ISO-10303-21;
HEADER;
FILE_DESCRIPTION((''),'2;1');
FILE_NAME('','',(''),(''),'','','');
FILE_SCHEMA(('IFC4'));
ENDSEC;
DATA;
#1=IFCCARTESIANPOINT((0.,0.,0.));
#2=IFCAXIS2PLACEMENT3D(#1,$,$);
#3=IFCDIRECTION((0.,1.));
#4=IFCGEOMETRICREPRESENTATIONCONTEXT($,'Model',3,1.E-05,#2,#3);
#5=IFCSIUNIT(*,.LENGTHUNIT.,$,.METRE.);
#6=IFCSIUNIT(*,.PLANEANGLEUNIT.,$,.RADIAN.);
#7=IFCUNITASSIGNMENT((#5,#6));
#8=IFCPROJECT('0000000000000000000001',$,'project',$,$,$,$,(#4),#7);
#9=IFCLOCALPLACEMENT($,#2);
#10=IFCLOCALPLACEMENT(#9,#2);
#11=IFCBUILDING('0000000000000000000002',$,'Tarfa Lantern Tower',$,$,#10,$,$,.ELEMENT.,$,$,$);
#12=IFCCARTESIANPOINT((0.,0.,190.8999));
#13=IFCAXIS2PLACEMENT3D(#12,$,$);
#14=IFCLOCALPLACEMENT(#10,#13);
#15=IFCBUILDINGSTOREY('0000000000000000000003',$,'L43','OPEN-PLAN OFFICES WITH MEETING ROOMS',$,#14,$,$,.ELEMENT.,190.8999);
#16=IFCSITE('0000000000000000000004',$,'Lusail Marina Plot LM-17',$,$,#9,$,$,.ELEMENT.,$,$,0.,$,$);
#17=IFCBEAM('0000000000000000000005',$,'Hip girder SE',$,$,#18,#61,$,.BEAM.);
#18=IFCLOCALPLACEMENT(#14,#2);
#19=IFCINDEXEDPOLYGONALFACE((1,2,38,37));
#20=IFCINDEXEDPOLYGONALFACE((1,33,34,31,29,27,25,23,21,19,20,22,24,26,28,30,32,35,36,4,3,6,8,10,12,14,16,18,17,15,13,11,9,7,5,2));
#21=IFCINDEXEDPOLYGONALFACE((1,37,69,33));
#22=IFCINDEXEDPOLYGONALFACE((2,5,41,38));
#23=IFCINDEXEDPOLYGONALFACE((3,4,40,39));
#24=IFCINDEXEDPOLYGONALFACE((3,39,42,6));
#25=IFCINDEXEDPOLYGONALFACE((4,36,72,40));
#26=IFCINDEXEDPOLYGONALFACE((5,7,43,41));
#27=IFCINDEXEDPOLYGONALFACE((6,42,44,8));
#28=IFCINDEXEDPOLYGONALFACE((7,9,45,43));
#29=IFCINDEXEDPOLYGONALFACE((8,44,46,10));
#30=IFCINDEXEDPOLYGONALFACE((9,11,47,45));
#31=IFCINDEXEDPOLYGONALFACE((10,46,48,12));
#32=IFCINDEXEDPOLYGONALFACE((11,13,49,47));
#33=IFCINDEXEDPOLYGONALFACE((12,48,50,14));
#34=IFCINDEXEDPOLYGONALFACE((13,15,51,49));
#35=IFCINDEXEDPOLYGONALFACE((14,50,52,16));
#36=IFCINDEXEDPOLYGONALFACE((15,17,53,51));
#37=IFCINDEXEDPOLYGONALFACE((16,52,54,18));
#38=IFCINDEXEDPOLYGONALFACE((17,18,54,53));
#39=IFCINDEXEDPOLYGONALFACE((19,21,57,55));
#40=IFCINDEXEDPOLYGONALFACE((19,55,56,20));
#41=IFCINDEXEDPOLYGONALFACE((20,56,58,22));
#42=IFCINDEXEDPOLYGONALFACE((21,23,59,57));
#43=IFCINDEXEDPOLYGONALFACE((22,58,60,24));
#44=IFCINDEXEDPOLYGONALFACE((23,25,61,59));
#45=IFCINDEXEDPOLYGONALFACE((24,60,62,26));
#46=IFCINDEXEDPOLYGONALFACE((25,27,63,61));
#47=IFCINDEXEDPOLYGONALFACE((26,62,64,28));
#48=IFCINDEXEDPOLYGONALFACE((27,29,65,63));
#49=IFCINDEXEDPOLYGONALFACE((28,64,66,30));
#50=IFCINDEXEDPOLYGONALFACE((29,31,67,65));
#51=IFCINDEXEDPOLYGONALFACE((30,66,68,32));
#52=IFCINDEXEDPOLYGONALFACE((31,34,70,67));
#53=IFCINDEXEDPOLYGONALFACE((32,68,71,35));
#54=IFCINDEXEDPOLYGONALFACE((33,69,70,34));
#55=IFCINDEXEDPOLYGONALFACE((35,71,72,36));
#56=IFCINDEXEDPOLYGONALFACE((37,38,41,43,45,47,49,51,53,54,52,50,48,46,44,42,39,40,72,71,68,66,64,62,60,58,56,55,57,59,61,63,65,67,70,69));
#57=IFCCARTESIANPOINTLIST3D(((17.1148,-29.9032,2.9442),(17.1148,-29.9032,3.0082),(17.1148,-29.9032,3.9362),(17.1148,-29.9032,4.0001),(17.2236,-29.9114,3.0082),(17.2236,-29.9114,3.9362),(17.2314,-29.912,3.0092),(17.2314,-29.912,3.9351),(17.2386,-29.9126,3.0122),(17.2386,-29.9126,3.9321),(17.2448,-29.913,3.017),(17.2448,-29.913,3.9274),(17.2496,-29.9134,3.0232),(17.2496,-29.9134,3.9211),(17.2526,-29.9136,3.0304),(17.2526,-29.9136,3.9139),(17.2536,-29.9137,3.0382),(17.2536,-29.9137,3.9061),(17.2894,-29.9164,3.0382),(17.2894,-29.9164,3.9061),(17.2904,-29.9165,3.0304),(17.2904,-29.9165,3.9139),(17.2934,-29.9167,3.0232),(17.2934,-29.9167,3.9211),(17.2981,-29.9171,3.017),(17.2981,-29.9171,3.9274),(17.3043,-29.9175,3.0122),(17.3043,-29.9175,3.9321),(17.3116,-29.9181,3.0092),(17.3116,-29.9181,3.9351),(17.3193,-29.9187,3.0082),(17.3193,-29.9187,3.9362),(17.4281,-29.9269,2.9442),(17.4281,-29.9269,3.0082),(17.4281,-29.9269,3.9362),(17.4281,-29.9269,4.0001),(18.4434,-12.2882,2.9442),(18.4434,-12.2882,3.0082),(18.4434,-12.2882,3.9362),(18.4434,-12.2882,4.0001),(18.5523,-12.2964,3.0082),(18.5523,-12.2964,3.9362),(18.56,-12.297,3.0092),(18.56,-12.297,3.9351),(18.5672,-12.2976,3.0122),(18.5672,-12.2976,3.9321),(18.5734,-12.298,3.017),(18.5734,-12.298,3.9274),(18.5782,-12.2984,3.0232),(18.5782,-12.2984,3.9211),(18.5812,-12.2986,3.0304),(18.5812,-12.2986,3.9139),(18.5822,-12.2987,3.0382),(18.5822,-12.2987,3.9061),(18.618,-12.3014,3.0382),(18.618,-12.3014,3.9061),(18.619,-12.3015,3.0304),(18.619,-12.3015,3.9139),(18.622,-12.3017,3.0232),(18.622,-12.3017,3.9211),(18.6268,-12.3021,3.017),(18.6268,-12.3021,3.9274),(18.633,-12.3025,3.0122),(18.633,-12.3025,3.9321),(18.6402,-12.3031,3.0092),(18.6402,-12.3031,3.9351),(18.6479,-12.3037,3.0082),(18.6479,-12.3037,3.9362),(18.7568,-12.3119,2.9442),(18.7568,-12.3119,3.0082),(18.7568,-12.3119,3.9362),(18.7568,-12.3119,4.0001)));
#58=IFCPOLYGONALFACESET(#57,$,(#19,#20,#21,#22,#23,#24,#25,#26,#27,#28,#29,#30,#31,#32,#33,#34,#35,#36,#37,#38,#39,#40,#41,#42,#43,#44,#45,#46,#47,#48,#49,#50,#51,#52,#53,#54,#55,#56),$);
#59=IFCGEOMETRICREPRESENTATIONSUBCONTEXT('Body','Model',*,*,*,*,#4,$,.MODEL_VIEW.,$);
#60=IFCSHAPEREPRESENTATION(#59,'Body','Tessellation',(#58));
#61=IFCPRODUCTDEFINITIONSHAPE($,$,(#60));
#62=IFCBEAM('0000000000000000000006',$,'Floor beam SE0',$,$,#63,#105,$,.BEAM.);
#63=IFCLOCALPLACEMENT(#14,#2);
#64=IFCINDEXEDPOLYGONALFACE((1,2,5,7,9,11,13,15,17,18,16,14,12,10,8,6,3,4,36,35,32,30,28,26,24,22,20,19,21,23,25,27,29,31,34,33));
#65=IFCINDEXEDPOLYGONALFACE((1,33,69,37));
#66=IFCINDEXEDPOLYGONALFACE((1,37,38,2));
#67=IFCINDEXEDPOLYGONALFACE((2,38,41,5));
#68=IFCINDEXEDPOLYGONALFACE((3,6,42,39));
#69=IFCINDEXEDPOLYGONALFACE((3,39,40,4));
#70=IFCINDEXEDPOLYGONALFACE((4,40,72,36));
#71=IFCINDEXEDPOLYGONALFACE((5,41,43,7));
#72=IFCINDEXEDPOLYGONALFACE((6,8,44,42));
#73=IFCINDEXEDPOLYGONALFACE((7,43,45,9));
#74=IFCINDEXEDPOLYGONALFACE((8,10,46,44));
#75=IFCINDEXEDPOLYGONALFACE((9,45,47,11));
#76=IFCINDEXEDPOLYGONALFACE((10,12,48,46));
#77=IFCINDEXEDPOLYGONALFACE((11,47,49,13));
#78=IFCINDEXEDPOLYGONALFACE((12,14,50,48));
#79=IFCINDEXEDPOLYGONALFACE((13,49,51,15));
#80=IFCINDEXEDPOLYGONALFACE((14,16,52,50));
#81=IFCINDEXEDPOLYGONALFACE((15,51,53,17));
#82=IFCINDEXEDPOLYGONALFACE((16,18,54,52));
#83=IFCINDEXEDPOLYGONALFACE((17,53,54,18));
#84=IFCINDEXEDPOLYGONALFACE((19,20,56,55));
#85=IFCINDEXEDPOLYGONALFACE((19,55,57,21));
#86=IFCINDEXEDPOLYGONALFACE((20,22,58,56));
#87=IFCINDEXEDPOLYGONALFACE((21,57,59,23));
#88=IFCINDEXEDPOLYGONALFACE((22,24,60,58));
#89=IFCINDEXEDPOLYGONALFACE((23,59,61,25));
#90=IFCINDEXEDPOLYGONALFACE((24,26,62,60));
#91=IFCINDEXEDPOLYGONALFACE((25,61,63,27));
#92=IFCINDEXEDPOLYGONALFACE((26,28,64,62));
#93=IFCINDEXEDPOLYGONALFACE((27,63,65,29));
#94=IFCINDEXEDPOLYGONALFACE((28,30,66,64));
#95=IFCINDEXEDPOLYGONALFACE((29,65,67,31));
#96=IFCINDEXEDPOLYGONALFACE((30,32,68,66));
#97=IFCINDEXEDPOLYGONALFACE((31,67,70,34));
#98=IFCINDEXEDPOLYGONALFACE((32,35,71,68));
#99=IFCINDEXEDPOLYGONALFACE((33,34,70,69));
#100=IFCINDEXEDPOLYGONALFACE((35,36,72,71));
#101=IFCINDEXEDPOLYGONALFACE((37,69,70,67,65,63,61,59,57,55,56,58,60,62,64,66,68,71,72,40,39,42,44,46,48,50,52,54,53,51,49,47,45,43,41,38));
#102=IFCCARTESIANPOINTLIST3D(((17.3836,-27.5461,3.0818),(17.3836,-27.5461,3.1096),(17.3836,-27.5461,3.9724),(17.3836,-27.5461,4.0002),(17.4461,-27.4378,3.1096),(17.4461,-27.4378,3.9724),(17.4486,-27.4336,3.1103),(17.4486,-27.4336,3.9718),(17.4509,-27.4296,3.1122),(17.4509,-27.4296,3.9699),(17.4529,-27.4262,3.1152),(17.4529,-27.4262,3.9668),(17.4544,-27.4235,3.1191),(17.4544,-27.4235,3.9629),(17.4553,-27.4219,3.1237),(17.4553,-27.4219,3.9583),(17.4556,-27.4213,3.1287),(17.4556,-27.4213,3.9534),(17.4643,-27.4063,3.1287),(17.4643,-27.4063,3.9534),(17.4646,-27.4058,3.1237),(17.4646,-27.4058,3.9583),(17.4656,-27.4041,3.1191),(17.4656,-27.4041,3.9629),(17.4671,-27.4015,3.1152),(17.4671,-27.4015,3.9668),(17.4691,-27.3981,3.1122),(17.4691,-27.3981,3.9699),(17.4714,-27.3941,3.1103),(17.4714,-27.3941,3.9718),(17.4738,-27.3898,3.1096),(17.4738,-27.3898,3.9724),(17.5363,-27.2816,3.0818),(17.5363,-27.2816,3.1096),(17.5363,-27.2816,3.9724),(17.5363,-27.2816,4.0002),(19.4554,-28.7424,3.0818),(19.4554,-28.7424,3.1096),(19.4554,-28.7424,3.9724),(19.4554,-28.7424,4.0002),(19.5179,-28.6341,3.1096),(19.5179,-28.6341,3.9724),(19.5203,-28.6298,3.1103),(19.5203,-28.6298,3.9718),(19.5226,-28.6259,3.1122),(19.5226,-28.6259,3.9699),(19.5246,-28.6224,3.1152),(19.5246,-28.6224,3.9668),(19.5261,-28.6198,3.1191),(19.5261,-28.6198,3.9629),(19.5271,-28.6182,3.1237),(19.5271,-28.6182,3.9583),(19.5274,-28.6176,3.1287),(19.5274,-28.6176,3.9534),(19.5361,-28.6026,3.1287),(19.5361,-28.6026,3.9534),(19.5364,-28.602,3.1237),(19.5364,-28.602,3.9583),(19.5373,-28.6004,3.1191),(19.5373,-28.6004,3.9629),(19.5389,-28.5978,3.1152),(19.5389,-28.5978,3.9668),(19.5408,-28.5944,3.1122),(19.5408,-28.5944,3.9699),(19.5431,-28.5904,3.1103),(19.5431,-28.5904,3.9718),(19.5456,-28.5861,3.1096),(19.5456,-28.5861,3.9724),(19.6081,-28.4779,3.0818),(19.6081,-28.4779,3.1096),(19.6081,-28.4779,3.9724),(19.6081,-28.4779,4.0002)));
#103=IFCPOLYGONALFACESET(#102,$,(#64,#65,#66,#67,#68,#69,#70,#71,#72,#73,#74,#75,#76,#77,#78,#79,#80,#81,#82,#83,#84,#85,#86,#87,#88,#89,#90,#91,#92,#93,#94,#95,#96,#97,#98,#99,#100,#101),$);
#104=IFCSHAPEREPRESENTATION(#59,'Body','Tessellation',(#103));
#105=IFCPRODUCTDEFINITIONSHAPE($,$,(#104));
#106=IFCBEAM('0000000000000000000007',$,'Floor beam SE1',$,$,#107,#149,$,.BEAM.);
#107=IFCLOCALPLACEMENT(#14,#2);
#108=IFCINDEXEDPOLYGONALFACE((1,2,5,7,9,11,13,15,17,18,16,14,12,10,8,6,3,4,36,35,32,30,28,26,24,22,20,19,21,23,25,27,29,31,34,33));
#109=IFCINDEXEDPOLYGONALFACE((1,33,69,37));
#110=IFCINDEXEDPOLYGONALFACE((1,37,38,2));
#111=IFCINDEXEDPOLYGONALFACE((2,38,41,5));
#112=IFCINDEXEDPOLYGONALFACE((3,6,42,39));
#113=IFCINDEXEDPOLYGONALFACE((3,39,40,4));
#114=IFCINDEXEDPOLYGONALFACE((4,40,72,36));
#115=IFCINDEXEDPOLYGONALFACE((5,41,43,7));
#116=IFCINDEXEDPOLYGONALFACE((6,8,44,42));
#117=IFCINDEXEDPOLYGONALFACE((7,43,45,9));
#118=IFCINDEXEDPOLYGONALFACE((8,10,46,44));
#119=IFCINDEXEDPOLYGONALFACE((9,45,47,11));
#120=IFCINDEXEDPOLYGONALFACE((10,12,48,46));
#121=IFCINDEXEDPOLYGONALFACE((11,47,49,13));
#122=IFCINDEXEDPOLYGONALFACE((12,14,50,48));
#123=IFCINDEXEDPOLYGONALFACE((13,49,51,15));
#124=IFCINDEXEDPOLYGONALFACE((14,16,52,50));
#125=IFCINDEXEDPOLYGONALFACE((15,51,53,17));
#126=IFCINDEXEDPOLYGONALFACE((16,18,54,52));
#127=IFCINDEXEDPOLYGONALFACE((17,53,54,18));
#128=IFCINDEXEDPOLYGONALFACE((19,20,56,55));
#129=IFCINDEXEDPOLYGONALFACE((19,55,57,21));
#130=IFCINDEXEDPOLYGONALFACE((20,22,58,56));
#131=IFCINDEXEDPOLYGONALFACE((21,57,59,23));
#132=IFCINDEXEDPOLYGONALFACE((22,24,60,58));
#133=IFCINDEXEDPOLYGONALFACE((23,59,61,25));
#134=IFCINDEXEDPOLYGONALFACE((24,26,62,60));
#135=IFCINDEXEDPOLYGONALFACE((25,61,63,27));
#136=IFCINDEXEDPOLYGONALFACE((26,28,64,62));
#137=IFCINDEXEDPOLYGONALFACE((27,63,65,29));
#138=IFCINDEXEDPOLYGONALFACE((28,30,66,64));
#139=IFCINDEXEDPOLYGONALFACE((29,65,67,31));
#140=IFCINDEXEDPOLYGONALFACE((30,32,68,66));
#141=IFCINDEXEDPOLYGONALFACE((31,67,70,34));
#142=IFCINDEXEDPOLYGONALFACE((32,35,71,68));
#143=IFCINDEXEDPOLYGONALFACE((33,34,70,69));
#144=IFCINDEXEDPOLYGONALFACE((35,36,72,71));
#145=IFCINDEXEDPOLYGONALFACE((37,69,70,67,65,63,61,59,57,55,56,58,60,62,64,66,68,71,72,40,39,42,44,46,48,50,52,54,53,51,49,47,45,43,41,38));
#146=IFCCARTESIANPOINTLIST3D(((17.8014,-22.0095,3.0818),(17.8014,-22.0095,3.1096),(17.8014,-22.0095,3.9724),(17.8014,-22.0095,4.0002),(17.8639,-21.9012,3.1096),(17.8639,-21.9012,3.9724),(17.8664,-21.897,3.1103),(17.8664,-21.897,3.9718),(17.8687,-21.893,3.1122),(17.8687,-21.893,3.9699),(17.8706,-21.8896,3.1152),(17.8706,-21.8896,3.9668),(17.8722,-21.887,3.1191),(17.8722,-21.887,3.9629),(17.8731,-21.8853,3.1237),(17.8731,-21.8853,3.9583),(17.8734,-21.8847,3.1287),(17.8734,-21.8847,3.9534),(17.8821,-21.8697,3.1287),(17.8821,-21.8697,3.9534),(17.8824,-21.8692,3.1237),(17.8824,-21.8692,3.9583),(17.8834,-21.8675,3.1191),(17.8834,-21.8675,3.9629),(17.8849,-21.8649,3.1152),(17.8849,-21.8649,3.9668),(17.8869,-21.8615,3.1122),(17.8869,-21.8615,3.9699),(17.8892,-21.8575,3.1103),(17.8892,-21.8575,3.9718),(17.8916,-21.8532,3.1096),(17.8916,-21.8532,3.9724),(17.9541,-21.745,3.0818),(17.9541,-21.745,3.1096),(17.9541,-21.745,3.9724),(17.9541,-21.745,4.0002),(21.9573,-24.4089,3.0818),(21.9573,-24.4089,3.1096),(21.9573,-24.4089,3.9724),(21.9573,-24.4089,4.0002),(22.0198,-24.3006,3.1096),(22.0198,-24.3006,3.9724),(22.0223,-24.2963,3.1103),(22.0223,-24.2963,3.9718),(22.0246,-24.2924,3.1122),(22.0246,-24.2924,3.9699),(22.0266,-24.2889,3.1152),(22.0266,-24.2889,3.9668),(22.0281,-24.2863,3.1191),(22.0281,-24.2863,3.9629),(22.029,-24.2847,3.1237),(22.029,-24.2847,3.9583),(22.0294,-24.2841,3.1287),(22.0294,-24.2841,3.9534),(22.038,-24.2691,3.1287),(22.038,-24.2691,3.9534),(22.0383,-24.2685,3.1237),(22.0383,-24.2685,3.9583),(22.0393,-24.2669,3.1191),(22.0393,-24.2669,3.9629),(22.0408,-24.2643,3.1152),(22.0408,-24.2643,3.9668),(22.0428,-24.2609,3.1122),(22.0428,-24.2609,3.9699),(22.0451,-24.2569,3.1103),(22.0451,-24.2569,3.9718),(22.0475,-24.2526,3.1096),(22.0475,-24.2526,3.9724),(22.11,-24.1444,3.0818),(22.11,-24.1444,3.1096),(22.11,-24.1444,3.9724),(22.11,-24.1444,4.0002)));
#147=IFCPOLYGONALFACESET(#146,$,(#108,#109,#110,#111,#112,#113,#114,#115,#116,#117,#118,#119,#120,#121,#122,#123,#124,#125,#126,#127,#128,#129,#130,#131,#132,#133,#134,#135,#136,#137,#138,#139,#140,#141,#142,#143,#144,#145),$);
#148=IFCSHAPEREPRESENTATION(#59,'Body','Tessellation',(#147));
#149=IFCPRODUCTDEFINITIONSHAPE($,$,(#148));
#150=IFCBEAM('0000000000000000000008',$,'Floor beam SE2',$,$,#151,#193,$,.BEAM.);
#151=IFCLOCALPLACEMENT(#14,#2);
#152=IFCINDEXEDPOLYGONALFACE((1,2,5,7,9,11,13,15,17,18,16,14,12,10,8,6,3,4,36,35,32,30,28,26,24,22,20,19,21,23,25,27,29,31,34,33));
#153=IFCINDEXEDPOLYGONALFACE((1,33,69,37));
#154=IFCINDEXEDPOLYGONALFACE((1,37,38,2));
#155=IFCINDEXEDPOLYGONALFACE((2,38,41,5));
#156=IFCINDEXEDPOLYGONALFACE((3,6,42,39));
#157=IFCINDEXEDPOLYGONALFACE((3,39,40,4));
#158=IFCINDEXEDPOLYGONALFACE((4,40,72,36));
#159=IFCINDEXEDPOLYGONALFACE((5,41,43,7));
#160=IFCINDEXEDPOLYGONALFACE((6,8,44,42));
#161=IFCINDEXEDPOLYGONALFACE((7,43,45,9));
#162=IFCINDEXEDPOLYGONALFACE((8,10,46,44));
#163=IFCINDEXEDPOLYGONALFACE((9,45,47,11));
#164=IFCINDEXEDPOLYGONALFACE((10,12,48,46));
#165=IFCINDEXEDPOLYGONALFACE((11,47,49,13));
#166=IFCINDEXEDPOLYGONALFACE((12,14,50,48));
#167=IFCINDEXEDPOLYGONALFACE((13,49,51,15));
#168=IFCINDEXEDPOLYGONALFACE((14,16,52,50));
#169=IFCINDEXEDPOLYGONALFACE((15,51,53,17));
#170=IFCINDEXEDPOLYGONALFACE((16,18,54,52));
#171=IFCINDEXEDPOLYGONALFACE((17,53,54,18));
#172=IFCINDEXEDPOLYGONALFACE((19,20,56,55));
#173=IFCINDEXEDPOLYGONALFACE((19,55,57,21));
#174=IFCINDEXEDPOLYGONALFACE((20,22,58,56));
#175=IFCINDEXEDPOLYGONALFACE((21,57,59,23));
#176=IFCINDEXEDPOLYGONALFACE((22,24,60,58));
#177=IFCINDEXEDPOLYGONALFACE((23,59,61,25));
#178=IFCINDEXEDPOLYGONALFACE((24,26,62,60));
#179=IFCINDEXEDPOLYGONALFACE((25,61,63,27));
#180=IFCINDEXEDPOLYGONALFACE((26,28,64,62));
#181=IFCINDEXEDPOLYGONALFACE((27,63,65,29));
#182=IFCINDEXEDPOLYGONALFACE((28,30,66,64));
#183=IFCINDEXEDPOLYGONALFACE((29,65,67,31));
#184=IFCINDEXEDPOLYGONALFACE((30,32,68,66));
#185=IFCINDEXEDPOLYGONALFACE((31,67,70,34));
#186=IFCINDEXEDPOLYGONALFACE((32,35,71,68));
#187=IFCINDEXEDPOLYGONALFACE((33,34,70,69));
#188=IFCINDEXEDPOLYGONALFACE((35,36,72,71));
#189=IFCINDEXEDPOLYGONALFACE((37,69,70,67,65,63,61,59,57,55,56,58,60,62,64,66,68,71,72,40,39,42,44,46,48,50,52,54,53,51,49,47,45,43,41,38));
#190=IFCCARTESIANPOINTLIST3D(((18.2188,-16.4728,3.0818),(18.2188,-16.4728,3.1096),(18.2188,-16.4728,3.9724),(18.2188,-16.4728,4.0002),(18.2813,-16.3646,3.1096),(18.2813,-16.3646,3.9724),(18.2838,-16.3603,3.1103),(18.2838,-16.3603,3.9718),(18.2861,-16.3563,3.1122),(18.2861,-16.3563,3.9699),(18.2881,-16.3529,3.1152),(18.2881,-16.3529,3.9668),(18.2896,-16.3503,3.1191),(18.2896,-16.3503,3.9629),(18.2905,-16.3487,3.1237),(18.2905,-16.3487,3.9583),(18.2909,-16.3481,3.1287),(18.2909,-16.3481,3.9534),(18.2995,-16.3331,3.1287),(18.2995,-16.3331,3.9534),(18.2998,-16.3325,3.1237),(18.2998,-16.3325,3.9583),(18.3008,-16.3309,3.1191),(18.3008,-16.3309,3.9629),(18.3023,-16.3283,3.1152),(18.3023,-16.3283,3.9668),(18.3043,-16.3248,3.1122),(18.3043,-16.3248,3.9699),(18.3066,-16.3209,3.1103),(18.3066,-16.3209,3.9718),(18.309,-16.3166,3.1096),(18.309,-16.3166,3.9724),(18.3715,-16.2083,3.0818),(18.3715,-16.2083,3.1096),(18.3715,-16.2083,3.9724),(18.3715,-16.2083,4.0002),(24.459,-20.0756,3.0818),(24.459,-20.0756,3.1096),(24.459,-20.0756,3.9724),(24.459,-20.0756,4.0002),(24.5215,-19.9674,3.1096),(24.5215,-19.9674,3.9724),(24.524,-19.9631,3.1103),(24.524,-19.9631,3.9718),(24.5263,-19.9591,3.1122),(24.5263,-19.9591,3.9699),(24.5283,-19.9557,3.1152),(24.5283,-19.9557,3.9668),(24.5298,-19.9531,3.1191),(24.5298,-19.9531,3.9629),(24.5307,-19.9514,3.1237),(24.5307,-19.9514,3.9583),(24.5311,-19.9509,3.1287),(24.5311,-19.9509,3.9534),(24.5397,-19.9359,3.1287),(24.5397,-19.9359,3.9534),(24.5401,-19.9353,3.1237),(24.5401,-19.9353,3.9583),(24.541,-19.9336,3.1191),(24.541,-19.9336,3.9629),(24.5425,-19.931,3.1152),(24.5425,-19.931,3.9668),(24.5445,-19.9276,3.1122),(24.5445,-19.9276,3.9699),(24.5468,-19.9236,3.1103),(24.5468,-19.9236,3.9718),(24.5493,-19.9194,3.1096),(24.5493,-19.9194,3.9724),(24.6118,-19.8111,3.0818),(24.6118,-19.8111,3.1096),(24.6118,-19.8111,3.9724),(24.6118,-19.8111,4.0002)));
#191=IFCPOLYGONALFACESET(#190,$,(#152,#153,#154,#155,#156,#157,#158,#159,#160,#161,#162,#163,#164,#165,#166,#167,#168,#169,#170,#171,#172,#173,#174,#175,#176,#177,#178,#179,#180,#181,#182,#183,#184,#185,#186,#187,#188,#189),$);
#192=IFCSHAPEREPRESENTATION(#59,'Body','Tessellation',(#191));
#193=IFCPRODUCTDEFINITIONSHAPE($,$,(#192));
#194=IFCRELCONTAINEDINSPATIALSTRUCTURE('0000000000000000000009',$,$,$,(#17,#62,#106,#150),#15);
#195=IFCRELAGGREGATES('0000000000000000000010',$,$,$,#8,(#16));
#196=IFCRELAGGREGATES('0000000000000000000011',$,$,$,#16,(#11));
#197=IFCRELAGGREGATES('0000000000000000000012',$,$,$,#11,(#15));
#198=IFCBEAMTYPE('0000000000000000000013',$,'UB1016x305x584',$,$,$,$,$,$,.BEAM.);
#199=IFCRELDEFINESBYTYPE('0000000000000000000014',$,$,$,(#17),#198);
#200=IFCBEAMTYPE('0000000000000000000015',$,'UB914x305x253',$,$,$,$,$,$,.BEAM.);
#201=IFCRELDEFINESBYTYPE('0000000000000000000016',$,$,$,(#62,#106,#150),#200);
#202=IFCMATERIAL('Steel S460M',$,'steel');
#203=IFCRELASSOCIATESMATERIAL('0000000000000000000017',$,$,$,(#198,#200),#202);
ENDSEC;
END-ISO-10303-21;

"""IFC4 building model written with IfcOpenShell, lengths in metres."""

from ifc_helpers import new_model, si_unit, direction, frame, origin, origin_2d, place, context, subcontext, project, spatial, i_section, extrude, material, material_profile, profile_set, type_object, element, save


model = new_model("IFC4")

# Units and contexts
model_context = context("Model", 3, precision=1e-05, world=origin(), true_north=direction((0.0, 1.0)))
body_context = subcontext(model_context, "Body", "Model", "MODEL_VIEW")
ifc_project = project(units=[si_unit("LENGTHUNIT", "METRE"), si_unit("PLANEANGLEUNIT", "RADIAN")], contexts=[model_context])

# Site, building, storey
site_placement = place(None, origin())
site = spatial("IfcSite", under=ifc_project, at=site_placement, Name="Lusail Marina Plot LM-17", CompositionType="ELEMENT", RefElevation=0.0)
building_placement = place(site_placement, origin())
building = spatial("IfcBuilding", under=site, at=building_placement, Name="Tarfa Lantern Tower", CompositionType="ELEMENT")
storey_placement = place(building_placement, frame((0.0, 0.0, 190.8999)))
storey = spatial("IfcBuildingStorey", under=building, at=storey_placement, Name="L43", Description="OPEN-PLAN OFFICES WITH MEETING ROOMS", CompositionType="ELEMENT", Elevation=190.8999)

# Beams
ifc_material_1 = material(Name="Steel S460M", Category="steel")
ifc_material_profile_1 = material_profile(ifc_material_1, i_section(OverallWidth=0.3142, OverallDepth=1.0559, WebThickness=0.0359, FlangeThickness=0.064, FilletRadius=0.03, at=origin_2d()), Name="UB1016x305x584")
ifc_profile_set_1 = profile_set([ifc_material_profile_1], Name="Steel S460M")
beam_type_1 = type_object("IfcBeamType", Name="UB1016x305x584", PredefinedType="BEAM", material=ifc_profile_set_1)
beam_1_placement = place(storey_placement, frame((18.6001, -12.3, 3.4722), z_axis=(-0.075212, -0.997168, 0.0), x_axis=(0.997168, -0.075212, 0.0)))
element("IfcBeam", 1, at=beam_1_placement, inside=storey, type_object=beam_type_1, Name="Hip girder SE", PredefinedType="BEAM", context=body_context, shape_type="SweptSolid", body=[
    extrude(i_section(OverallWidth=0.3142, OverallDepth=1.0559, WebThickness=0.0359, FlangeThickness=0.064, FilletRadius=0.03, at=origin_2d()), origin(), (0.0, 0.0, 1.0), 17.665),
])
ifc_material_profile_2 = material_profile(ifc_material_1, i_section(OverallWidth=0.3054, OverallDepth=0.9185, WebThickness=0.0173, FlangeThickness=0.0278, FilletRadius=0.019, at=origin_2d()), Name="UB914x305x253")
ifc_profile_set_2 = profile_set([ifc_material_profile_2], Name="Steel S460M")
beam_type_2 = type_object("IfcBeamType", Name="UB914x305x253", PredefinedType="BEAM", material=ifc_profile_set_2)
beam_2_placement = place(storey_placement, frame((19.5317, -28.6101, 3.541), z_axis=(-0.865999, 0.500046, 0.0), x_axis=(-0.500046, -0.865999, 0.0)))
element("IfcBeam", 2, at=beam_2_placement, inside=storey, type_object=beam_type_2, Name="Floor beam SE0", PredefinedType="BEAM", context=body_context, shape_type="SweptSolid", body=[
    extrude(i_section(OverallWidth=0.3054, OverallDepth=0.9185, WebThickness=0.0173, FlangeThickness=0.0278, FilletRadius=0.019, at=origin_2d()), origin(), (0.0, 0.0, 1.0), 2.3923),
])
beam_3_placement = place(storey_placement, frame((22.0337, -24.2766, 3.541), z_axis=(-0.866031, 0.499991, 0.0), x_axis=(-0.499991, -0.866031, 0.0)))
element("IfcBeam", 3, at=beam_3_placement, inside=storey, type_object=beam_type_2, Name="Floor beam SE1", PredefinedType="BEAM", context=body_context, shape_type="SweptSolid", body=[
    extrude(i_section(OverallWidth=0.3054, OverallDepth=0.9185, WebThickness=0.0173, FlangeThickness=0.0278, FilletRadius=0.019, at=origin_2d()), origin(), (0.0, 0.0, 1.0), 4.7988),
])
beam_4_placement = place(storey_placement, frame((24.5354, -19.9434, 3.541), z_axis=(-0.866026, 0.499998, 0.0), x_axis=(-0.499998, -0.866026, 0.0)))
element("IfcBeam", 4, at=beam_4_placement, inside=storey, type_object=beam_type_2, Name="Floor beam SE2", PredefinedType="BEAM", context=body_context, shape_type="SweptSolid", body=[
    extrude(i_section(OverallWidth=0.3054, OverallDepth=0.9185, WebThickness=0.0173, FlangeThickness=0.0278, FilletRadius=0.019, at=origin_2d()), origin(), (0.0, 0.0, 1.0), 7.2056),
])

save(model, "model.ifc")
